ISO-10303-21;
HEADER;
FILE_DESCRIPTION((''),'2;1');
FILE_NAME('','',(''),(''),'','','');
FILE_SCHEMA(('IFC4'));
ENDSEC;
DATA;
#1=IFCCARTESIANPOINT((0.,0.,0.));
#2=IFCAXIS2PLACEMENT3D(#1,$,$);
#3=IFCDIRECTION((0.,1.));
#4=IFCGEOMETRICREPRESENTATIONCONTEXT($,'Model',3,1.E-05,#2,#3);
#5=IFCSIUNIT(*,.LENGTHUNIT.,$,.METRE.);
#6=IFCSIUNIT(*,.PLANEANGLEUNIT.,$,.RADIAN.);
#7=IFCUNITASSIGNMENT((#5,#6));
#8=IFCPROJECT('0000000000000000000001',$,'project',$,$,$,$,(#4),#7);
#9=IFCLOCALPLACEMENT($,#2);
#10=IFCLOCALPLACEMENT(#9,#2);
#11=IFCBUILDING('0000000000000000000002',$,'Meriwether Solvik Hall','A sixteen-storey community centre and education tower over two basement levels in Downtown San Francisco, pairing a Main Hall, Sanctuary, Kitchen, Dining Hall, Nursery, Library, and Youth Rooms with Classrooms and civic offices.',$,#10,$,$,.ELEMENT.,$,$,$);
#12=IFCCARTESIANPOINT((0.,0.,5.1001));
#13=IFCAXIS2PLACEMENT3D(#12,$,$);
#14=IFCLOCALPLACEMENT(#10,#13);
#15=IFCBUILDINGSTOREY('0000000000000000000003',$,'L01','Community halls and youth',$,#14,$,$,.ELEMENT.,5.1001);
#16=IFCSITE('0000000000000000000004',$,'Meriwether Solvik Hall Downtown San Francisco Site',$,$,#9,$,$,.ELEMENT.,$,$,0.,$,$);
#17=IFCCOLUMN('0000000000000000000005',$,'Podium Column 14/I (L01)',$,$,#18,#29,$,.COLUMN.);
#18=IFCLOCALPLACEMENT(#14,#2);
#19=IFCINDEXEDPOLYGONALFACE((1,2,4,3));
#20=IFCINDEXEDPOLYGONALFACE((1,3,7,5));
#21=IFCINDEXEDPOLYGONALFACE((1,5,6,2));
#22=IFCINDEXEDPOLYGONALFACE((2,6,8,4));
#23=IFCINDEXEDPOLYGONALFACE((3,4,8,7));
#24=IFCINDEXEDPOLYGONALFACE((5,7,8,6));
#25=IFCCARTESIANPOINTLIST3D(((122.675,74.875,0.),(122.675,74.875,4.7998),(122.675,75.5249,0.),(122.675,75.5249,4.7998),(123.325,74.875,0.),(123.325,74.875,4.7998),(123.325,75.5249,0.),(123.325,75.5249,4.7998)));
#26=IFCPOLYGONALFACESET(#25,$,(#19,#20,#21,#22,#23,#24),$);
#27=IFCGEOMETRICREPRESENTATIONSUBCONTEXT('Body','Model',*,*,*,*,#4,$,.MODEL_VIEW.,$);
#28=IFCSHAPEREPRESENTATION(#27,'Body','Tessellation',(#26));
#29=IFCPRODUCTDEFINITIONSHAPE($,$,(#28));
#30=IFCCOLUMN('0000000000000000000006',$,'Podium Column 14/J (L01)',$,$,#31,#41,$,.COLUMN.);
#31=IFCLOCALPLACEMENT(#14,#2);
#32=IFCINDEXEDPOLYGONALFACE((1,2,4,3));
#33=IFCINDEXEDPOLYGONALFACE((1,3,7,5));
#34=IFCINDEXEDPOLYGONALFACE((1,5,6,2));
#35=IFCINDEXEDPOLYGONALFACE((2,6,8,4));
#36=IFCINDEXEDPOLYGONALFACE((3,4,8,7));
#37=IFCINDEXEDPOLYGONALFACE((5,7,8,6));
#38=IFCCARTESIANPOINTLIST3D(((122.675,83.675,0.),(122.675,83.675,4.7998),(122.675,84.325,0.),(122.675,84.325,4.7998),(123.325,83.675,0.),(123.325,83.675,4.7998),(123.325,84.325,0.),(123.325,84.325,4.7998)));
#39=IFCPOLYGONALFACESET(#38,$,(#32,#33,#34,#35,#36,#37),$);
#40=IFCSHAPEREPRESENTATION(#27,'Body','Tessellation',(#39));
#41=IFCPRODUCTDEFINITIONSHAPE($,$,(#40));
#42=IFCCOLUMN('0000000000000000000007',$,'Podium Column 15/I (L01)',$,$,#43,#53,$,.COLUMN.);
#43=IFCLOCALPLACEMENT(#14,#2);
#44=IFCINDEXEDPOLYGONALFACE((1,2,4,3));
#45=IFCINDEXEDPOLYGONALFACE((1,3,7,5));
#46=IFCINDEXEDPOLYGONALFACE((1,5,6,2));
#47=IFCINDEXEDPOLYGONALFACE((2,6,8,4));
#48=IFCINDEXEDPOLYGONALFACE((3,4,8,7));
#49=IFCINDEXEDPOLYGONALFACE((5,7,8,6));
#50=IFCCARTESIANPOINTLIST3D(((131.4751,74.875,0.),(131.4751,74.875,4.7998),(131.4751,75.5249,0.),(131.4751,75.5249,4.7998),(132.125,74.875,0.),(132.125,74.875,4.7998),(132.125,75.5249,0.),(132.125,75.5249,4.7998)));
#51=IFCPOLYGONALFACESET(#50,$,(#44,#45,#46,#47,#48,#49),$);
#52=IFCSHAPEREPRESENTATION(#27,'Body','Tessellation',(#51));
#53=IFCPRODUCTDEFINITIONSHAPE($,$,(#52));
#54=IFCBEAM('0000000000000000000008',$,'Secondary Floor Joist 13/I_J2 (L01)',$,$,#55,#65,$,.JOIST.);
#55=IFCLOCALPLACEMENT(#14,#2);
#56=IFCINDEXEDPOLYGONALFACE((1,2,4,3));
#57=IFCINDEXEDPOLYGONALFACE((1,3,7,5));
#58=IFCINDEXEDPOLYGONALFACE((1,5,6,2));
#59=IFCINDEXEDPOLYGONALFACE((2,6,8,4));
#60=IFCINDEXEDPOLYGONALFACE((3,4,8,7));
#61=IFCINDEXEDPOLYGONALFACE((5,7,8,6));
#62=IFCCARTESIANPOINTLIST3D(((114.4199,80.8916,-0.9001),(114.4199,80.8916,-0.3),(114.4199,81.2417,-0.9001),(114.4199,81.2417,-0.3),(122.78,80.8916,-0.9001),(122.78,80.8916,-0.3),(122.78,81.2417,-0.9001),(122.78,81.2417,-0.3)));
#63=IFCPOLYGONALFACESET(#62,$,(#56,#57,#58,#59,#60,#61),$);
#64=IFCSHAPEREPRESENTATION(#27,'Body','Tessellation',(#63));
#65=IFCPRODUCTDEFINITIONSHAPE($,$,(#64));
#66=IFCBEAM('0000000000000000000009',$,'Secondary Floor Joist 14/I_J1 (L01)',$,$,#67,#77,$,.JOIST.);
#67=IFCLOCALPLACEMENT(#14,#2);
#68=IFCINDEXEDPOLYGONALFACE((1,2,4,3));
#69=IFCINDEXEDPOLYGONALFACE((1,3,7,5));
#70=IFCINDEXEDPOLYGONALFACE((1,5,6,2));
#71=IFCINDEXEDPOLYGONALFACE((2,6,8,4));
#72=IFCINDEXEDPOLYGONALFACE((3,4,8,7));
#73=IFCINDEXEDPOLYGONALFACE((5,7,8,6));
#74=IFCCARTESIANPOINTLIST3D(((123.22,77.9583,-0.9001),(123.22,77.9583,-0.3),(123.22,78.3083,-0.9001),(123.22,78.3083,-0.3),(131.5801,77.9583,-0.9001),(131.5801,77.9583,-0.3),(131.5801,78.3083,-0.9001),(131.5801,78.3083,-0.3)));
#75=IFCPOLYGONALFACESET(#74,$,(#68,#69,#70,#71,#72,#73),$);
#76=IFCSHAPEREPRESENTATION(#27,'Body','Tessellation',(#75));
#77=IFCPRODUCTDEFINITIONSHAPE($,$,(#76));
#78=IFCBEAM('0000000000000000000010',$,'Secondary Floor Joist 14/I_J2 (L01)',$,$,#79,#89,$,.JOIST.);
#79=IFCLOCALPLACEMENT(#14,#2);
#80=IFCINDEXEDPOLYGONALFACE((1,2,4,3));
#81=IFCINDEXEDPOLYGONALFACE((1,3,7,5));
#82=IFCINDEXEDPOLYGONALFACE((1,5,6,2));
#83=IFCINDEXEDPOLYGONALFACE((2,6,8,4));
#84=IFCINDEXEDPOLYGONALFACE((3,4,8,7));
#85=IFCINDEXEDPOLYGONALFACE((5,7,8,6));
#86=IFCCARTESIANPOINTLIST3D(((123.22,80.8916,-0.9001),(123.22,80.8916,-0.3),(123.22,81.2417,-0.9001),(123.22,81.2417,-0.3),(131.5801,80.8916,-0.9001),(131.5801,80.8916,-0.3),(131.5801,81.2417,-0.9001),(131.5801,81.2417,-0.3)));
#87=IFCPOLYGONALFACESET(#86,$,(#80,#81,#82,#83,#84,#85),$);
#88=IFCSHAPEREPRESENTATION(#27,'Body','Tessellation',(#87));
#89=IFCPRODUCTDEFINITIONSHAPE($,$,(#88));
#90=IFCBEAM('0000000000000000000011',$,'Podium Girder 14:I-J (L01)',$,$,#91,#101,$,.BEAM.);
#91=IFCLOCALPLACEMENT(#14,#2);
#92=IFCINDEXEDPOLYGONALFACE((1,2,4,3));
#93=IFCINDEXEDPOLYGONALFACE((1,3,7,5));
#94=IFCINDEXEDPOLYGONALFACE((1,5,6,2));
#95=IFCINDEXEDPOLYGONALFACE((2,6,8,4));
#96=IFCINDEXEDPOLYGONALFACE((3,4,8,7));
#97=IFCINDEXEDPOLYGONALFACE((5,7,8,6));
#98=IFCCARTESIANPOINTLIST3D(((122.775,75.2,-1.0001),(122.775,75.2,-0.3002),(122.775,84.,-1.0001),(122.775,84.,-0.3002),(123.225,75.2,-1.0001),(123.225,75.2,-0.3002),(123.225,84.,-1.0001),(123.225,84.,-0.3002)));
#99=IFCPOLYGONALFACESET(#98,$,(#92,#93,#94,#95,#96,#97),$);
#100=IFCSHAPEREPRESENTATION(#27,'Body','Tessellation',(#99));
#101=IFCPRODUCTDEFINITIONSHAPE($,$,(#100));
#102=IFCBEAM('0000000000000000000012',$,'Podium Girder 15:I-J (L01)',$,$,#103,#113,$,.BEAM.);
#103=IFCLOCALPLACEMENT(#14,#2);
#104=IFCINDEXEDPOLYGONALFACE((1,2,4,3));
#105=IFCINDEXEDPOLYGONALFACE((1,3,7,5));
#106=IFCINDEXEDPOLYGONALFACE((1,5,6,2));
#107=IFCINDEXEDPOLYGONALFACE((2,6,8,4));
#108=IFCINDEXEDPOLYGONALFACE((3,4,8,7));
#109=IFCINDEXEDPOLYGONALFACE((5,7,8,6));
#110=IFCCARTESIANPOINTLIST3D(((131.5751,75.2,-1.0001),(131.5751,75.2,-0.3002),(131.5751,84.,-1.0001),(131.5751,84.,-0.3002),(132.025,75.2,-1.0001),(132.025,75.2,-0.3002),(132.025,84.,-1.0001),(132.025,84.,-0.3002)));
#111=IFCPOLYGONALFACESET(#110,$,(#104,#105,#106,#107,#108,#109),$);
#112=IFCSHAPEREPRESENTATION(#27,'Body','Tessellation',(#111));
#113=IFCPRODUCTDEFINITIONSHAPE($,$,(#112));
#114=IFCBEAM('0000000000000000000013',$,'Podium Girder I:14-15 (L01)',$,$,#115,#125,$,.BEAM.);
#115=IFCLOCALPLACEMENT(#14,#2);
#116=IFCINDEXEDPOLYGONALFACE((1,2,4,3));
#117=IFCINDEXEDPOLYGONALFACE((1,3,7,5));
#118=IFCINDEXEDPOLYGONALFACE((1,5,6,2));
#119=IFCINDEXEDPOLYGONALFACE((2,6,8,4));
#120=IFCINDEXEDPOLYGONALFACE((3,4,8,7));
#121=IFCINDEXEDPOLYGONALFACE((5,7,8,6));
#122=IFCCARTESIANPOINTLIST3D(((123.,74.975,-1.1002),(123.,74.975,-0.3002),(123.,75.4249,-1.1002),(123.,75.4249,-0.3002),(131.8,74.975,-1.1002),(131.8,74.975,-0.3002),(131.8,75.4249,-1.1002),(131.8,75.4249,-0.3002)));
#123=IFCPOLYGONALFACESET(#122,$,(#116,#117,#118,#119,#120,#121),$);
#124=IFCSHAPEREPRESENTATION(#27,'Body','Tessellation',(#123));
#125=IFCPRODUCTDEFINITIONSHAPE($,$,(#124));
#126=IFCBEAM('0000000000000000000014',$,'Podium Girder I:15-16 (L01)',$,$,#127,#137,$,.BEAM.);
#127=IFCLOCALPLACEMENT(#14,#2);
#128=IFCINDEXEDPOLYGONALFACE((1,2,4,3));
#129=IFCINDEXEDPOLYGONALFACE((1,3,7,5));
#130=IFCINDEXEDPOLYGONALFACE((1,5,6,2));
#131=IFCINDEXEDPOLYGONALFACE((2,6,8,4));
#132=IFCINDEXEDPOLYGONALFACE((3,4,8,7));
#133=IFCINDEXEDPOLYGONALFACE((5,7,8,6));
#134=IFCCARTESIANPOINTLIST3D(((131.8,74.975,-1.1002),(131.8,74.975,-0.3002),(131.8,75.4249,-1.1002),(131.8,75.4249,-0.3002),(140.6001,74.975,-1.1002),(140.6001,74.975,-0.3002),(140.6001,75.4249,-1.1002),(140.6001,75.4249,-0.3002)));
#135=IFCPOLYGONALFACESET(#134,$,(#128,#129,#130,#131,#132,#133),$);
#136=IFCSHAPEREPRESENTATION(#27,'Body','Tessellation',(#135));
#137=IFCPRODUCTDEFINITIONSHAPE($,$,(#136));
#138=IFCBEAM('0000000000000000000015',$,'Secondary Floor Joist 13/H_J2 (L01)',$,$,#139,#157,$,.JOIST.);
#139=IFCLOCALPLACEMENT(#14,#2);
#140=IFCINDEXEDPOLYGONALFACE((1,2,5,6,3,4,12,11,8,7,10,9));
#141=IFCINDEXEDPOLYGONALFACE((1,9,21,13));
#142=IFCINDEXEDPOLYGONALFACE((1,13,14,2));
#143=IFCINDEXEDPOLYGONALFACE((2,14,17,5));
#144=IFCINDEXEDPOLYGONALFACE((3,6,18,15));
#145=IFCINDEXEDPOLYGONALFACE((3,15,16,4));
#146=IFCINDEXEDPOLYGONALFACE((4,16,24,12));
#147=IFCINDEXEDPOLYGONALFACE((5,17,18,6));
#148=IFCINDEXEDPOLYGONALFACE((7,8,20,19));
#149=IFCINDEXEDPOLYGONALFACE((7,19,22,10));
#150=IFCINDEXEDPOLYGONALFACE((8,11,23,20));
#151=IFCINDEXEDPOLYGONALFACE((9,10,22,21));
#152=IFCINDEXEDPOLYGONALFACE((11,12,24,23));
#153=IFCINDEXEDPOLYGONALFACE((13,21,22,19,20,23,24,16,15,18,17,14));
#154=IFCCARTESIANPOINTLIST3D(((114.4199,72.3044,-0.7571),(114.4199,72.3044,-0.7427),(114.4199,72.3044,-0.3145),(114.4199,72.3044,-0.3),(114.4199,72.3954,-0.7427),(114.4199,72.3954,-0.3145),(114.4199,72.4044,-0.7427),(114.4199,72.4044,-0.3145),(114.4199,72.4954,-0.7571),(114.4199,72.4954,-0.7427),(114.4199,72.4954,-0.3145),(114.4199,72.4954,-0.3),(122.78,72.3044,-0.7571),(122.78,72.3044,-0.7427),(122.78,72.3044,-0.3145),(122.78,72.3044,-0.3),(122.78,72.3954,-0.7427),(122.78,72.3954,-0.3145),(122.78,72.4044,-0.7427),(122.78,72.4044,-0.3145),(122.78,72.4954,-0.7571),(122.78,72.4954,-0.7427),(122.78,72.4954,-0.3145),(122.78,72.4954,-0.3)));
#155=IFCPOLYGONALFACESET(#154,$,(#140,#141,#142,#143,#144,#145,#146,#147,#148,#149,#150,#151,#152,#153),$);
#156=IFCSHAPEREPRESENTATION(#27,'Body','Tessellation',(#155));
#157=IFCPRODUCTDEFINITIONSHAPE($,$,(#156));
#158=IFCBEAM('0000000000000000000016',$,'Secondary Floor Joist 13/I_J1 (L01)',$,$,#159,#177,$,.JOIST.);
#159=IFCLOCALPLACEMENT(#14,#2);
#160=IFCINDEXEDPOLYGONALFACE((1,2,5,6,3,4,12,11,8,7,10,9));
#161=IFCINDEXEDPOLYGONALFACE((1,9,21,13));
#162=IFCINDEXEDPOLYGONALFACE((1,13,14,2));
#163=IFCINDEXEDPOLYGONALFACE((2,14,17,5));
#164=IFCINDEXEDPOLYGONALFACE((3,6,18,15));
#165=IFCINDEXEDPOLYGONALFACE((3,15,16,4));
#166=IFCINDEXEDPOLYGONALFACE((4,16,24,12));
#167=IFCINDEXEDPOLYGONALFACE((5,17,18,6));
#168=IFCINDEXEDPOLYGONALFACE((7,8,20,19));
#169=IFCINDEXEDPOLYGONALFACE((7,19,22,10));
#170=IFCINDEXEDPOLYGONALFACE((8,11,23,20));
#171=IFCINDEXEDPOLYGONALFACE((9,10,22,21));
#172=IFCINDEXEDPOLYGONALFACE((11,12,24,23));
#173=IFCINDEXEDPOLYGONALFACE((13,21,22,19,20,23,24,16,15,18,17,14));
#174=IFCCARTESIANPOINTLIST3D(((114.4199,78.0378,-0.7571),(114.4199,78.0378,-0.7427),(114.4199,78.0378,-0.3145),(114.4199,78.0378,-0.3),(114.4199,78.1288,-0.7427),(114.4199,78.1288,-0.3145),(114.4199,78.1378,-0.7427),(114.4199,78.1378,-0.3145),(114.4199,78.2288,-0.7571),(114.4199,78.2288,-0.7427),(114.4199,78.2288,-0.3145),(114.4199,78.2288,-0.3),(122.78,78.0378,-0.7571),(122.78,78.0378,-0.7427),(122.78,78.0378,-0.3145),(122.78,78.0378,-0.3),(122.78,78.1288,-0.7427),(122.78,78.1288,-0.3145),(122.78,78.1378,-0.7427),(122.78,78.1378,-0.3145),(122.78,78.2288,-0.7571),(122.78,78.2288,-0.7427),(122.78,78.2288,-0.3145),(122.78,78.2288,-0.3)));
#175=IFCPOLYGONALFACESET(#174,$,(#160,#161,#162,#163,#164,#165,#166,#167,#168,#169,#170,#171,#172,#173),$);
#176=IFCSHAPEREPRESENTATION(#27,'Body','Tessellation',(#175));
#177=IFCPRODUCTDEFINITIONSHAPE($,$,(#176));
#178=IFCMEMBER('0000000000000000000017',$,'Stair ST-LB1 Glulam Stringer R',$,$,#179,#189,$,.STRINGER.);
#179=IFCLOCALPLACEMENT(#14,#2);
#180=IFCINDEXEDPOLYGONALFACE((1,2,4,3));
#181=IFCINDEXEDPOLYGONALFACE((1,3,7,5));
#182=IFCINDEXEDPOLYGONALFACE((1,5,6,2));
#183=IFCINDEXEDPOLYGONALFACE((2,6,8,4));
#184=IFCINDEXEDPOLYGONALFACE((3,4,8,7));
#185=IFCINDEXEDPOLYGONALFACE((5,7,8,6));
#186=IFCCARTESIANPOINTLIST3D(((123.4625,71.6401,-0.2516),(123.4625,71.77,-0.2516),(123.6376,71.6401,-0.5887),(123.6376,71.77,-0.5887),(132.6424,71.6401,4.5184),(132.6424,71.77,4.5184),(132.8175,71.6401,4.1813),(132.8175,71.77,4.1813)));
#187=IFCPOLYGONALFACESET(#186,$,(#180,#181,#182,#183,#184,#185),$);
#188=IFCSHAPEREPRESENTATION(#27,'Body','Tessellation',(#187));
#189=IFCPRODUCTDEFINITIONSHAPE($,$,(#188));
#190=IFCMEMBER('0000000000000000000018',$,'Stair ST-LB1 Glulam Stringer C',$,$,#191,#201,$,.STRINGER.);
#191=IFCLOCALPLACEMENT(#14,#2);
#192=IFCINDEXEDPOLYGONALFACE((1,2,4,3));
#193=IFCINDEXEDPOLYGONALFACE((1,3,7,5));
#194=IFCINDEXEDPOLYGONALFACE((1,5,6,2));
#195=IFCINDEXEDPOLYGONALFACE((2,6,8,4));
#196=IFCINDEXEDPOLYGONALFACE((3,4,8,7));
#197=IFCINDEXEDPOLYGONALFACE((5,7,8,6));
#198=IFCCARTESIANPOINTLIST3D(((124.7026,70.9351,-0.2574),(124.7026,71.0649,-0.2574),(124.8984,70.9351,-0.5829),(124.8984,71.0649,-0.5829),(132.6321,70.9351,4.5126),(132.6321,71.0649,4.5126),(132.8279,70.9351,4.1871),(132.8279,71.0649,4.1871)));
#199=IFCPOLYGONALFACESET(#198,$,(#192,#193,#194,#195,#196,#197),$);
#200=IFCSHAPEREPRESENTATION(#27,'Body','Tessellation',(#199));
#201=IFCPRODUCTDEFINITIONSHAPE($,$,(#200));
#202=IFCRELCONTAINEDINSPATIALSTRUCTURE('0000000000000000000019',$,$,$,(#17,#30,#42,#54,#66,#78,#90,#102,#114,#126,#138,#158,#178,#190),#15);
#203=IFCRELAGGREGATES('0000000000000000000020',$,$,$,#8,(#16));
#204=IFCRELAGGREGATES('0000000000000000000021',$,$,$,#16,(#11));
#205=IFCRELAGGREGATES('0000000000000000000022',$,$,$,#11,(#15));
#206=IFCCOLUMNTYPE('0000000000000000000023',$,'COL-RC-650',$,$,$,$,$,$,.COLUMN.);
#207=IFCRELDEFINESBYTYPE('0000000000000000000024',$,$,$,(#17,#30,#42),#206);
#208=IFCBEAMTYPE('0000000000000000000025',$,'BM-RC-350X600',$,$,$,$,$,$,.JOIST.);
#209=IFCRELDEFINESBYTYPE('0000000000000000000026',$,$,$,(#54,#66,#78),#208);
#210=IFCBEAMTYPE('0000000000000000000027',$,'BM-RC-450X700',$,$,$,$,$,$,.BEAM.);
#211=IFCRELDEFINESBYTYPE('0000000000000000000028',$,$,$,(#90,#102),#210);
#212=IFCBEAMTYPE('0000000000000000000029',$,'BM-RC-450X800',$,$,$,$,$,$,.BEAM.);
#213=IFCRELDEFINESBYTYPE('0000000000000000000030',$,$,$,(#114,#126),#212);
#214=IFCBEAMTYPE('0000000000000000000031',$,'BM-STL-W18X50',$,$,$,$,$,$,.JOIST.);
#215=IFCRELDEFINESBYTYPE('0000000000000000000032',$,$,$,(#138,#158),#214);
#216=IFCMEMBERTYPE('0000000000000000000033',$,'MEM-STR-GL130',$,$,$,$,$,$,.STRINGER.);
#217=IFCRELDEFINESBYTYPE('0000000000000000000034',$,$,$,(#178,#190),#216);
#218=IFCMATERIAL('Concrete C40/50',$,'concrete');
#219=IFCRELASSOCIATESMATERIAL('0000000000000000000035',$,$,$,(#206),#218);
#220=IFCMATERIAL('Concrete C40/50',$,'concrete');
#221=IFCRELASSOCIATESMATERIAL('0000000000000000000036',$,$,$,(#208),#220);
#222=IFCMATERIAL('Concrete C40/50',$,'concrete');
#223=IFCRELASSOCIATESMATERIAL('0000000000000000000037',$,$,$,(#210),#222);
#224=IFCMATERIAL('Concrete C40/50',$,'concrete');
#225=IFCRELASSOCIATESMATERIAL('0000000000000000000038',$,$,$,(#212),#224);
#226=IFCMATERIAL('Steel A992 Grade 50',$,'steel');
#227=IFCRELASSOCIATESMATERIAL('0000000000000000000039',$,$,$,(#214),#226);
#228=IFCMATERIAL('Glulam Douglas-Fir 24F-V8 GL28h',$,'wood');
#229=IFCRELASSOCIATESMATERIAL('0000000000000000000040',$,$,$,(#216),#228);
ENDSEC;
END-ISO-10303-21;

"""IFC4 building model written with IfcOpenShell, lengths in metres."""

from ifc_helpers import new_model, si_unit, direction, frame, origin, origin_2d, place, context, subcontext, project, spatial, rectangle, i_section, extrude, material, material_profile, profile_set, type_object, element, save


model = new_model("IFC4")

# Units and contexts
model_context = context("Model", 3, precision=1e-05, world=origin(), true_north=direction((0.0, 1.0)))
body_context = subcontext(model_context, "Body", "Model", "MODEL_VIEW")
ifc_project = project(units=[si_unit("LENGTHUNIT", "METRE"), si_unit("PLANEANGLEUNIT", "RADIAN")], contexts=[model_context])

# Site, building, storey
site_placement = place(None, origin())
site = spatial("IfcSite", under=ifc_project, at=site_placement, Name="Meriwether Solvik Hall Downtown San Francisco Site", CompositionType="ELEMENT", RefElevation=0.0)
building_placement = place(site_placement, origin())
building = spatial("IfcBuilding", under=site, at=building_placement, Name="Meriwether Solvik Hall", Description="A sixteen-storey community centre and education tower over two basement levels in Downtown San Francisco, pairing a Main Hall, Sanctuary, Kitchen, Dining Hall, Nursery, Library, and Youth Rooms with Classrooms and civic offices.", CompositionType="ELEMENT")
storey_placement = place(building_placement, frame((0.0, 0.0, 5.1001)))
storey = spatial("IfcBuildingStorey", under=building, at=storey_placement, Name="L01", Description="Community halls and youth", CompositionType="ELEMENT", Elevation=5.1001)

# Columns
ifc_material_1 = material(Name="Concrete C40/50", Category="concrete")
ifc_material_profile_1 = material_profile(ifc_material_1, rectangle(XDim=0.6499, YDim=0.6499, at=origin_2d()), Name="RCC-650X650")
ifc_profile_set_1 = profile_set([ifc_material_profile_1], Name="Concrete C40/50")
column_type = type_object("IfcColumnType", Name="COL-RC-650", PredefinedType="COLUMN", material=ifc_profile_set_1)
for number, where, z_axis, x_axis, name in (
    (1, (123.0, 75.2, 0.0), (0.0, 0.0, 1.0), (1.0, 0.0, 0.0), "Podium Column 14/I (L01)"),
    (2, (123.0, 84.0, 0.0), (0.0, 0.0, 1.0), (1.0, 0.0, 0.0), "Podium Column 14/J (L01)"),
    (3, (131.8, 75.2, 0.0), (0.0, 0.0, 1.0), (1.0, 0.0, 0.0), "Podium Column 15/I (L01)"),
):
    element("IfcColumn", number, at=place(storey_placement, frame(where, z_axis=z_axis, x_axis=x_axis)), inside=storey, type_object=column_type, Name=name, PredefinedType="COLUMN", context=body_context, shape_type="SweptSolid", body=[
        extrude(rectangle(XDim=0.6499, YDim=0.6499, at=origin_2d()), origin(), (0.0, 0.0, 1.0), 4.7998),
    ])

# Beams
ifc_material_2 = material(Name="Concrete C40/50", Category="concrete")
ifc_material_profile_2 = material_profile(ifc_material_2, rectangle(XDim=0.3501, YDim=0.6001, at=origin_2d()), Name="RCB-350X600")
ifc_profile_set_2 = profile_set([ifc_material_profile_2], Name="Concrete C40/50")
beam_type_1 = type_object("IfcBeamType", Name="BM-RC-350X600", PredefinedType="JOIST", material=ifc_profile_set_2)
for number, where, z_axis, x_axis, name in (
    (4, (114.4199, 81.0667, -0.6001), (1.0, 0.0, 0.0), (0.0, 1.0, 0.0), "Secondary Floor Joist 13/I_J2 (L01)"),
    (5, (123.22, 78.1333, -0.6001), (1.0, 0.0, 0.0), (0.0, 1.0, 0.0), "Secondary Floor Joist 14/I_J1 (L01)"),
    (6, (123.22, 81.0667, -0.6001), (1.0, 0.0, 0.0), (0.0, 1.0, 0.0), "Secondary Floor Joist 14/I_J2 (L01)"),
):
    element("IfcBeam", number, at=place(storey_placement, frame(where, z_axis=z_axis, x_axis=x_axis)), inside=storey, type_object=beam_type_1, Name=name, PredefinedType="JOIST", context=body_context, shape_type="SweptSolid", body=[
        extrude(rectangle(XDim=0.3501, YDim=0.6001, at=origin_2d()), origin(), (0.0, 0.0, 1.0), 8.3601),
    ])
ifc_material_3 = material(Name="Concrete C40/50", Category="concrete")
ifc_material_profile_3 = material_profile(ifc_material_3, rectangle(XDim=0.45, YDim=0.7, at=origin_2d()), Name="RCB-450X700")
ifc_profile_set_3 = profile_set([ifc_material_profile_3], Name="Concrete C40/50")
beam_type_2 = type_object("IfcBeamType", Name="BM-RC-450X700", PredefinedType="BEAM", material=ifc_profile_set_3)
for number, where, z_axis, x_axis, name in (
    (7, (123.0, 75.2, -0.6501), (0.0, 1.0, 0.0), (-1.0, 0.0, 0.0), "Podium Girder 14:I-J (L01)"),
    (8, (131.8, 75.2, -0.6501), (0.0, 1.0, 0.0), (-1.0, 0.0, 0.0), "Podium Girder 15:I-J (L01)"),
):
    element("IfcBeam", number, at=place(storey_placement, frame(where, z_axis=z_axis, x_axis=x_axis)), inside=storey, type_object=beam_type_2, Name=name, PredefinedType="BEAM", context=body_context, shape_type="SweptSolid", body=[
        extrude(rectangle(XDim=0.45, YDim=0.7, at=origin_2d()), origin(), (0.0, 0.0, 1.0), 8.8),
    ])
ifc_material_4 = material(Name="Concrete C40/50", Category="concrete")
ifc_material_profile_4 = material_profile(ifc_material_4, rectangle(XDim=0.45, YDim=0.8, at=origin_2d()), Name="RCB-450X800")
ifc_profile_set_4 = profile_set([ifc_material_profile_4], Name="Concrete C40/50")
beam_type_3 = type_object("IfcBeamType", Name="BM-RC-450X800", PredefinedType="BEAM", material=ifc_profile_set_4)
for number, where, z_axis, x_axis, name in (
    (9, (123.0, 75.2, -0.7002), (1.0, 0.0, 0.0), (0.0, 1.0, 0.0), "Podium Girder I:14-15 (L01)"),
    (10, (131.8, 75.2, -0.7002), (1.0, 0.0, 0.0), (0.0, 1.0, 0.0), "Podium Girder I:15-16 (L01)"),
):
    element("IfcBeam", number, at=place(storey_placement, frame(where, z_axis=z_axis, x_axis=x_axis)), inside=storey, type_object=beam_type_3, Name=name, PredefinedType="BEAM", context=body_context, shape_type="SweptSolid", body=[
        extrude(rectangle(XDim=0.45, YDim=0.8, at=origin_2d()), origin(), (0.0, 0.0, 1.0), 8.8),
    ])
ifc_material_5 = material(Name="Steel A992 Grade 50", Category="steel")
ifc_material_profile_5 = material_profile(ifc_material_5, i_section(OverallWidth=0.1909, OverallDepth=0.457, WebThickness=0.009, FlangeThickness=0.0144, at=origin_2d()), Name="W18X50")
ifc_profile_set_5 = profile_set([ifc_material_profile_5], Name="Steel A992 Grade 50")
beam_type_4 = type_object("IfcBeamType", Name="BM-STL-W18X50", PredefinedType="JOIST", material=ifc_profile_set_5)
for number, where, z_axis, x_axis, name in (
    (11, (114.4199, 72.3999, -0.5286), (1.0, 0.0, 0.0), (0.0, 1.0, 0.0), "Secondary Floor Joist 13/H_J2 (L01)"),
    (12, (114.4199, 78.1333, -0.5286), (1.0, 0.0, 0.0), (0.0, 1.0, 0.0), "Secondary Floor Joist 13/I_J1 (L01)"),
):
    element("IfcBeam", number, at=place(storey_placement, frame(where, z_axis=z_axis, x_axis=x_axis)), inside=storey, type_object=beam_type_4, Name=name, PredefinedType="JOIST", context=body_context, shape_type="SweptSolid", body=[
        extrude(i_section(OverallWidth=0.1909, OverallDepth=0.457, WebThickness=0.009, FlangeThickness=0.0144, at=origin_2d()), origin(), (0.0, 0.0, 1.0), 8.3601),
    ])

# Members
ifc_material_6 = material(Name="Glulam Douglas-Fir 24F-V8 GL28h", Category="wood")
ifc_material_profile_6 = material_profile(ifc_material_6, rectangle(XDim=0.1299, YDim=0.3799, at=origin_2d()), Name="GLM-130X380")
ifc_profile_set_6 = profile_set([ifc_material_profile_6], Name="Glulam Douglas-Fir 24F-V8 GL28h")
member_type = type_object("IfcMemberType", Name="MEM-STR-GL130", PredefinedType="STRINGER", material=ifc_profile_set_6)
member_1_placement = place(storey_placement, frame((123.55, 71.7051, -0.4202), z_axis=(0.887357, 0.0, 0.461083), x_axis=(0.0, 1.0, 0.0)))
element("IfcMember", 13, at=member_1_placement, inside=storey, type_object=member_type, Name="Stair ST-LB1 Glulam Stringer R", PredefinedType="STRINGER", context=body_context, shape_type="SweptSolid", body=[
    extrude(rectangle(XDim=0.1299, YDim=0.3799, at=origin_2d()), origin(), (0.0, 0.0, 1.0), 10.3452),
])
member_2_placement = place(storey_placement, frame((124.8005, 71.0, -0.4202), z_axis=(0.856903, 0.0, 0.515477), x_axis=(0.0, 1.0, 0.0)))
element("IfcMember", 14, at=member_2_placement, inside=storey, type_object=member_type, Name="Stair ST-LB1 Glulam Stringer C", PredefinedType="STRINGER", context=body_context, shape_type="SweptSolid", body=[
    extrude(rectangle(XDim=0.1299, YDim=0.3799, at=origin_2d()), origin(), (0.0, 0.0, 1.0), 9.2537),
])

save(model, "model.ifc")
